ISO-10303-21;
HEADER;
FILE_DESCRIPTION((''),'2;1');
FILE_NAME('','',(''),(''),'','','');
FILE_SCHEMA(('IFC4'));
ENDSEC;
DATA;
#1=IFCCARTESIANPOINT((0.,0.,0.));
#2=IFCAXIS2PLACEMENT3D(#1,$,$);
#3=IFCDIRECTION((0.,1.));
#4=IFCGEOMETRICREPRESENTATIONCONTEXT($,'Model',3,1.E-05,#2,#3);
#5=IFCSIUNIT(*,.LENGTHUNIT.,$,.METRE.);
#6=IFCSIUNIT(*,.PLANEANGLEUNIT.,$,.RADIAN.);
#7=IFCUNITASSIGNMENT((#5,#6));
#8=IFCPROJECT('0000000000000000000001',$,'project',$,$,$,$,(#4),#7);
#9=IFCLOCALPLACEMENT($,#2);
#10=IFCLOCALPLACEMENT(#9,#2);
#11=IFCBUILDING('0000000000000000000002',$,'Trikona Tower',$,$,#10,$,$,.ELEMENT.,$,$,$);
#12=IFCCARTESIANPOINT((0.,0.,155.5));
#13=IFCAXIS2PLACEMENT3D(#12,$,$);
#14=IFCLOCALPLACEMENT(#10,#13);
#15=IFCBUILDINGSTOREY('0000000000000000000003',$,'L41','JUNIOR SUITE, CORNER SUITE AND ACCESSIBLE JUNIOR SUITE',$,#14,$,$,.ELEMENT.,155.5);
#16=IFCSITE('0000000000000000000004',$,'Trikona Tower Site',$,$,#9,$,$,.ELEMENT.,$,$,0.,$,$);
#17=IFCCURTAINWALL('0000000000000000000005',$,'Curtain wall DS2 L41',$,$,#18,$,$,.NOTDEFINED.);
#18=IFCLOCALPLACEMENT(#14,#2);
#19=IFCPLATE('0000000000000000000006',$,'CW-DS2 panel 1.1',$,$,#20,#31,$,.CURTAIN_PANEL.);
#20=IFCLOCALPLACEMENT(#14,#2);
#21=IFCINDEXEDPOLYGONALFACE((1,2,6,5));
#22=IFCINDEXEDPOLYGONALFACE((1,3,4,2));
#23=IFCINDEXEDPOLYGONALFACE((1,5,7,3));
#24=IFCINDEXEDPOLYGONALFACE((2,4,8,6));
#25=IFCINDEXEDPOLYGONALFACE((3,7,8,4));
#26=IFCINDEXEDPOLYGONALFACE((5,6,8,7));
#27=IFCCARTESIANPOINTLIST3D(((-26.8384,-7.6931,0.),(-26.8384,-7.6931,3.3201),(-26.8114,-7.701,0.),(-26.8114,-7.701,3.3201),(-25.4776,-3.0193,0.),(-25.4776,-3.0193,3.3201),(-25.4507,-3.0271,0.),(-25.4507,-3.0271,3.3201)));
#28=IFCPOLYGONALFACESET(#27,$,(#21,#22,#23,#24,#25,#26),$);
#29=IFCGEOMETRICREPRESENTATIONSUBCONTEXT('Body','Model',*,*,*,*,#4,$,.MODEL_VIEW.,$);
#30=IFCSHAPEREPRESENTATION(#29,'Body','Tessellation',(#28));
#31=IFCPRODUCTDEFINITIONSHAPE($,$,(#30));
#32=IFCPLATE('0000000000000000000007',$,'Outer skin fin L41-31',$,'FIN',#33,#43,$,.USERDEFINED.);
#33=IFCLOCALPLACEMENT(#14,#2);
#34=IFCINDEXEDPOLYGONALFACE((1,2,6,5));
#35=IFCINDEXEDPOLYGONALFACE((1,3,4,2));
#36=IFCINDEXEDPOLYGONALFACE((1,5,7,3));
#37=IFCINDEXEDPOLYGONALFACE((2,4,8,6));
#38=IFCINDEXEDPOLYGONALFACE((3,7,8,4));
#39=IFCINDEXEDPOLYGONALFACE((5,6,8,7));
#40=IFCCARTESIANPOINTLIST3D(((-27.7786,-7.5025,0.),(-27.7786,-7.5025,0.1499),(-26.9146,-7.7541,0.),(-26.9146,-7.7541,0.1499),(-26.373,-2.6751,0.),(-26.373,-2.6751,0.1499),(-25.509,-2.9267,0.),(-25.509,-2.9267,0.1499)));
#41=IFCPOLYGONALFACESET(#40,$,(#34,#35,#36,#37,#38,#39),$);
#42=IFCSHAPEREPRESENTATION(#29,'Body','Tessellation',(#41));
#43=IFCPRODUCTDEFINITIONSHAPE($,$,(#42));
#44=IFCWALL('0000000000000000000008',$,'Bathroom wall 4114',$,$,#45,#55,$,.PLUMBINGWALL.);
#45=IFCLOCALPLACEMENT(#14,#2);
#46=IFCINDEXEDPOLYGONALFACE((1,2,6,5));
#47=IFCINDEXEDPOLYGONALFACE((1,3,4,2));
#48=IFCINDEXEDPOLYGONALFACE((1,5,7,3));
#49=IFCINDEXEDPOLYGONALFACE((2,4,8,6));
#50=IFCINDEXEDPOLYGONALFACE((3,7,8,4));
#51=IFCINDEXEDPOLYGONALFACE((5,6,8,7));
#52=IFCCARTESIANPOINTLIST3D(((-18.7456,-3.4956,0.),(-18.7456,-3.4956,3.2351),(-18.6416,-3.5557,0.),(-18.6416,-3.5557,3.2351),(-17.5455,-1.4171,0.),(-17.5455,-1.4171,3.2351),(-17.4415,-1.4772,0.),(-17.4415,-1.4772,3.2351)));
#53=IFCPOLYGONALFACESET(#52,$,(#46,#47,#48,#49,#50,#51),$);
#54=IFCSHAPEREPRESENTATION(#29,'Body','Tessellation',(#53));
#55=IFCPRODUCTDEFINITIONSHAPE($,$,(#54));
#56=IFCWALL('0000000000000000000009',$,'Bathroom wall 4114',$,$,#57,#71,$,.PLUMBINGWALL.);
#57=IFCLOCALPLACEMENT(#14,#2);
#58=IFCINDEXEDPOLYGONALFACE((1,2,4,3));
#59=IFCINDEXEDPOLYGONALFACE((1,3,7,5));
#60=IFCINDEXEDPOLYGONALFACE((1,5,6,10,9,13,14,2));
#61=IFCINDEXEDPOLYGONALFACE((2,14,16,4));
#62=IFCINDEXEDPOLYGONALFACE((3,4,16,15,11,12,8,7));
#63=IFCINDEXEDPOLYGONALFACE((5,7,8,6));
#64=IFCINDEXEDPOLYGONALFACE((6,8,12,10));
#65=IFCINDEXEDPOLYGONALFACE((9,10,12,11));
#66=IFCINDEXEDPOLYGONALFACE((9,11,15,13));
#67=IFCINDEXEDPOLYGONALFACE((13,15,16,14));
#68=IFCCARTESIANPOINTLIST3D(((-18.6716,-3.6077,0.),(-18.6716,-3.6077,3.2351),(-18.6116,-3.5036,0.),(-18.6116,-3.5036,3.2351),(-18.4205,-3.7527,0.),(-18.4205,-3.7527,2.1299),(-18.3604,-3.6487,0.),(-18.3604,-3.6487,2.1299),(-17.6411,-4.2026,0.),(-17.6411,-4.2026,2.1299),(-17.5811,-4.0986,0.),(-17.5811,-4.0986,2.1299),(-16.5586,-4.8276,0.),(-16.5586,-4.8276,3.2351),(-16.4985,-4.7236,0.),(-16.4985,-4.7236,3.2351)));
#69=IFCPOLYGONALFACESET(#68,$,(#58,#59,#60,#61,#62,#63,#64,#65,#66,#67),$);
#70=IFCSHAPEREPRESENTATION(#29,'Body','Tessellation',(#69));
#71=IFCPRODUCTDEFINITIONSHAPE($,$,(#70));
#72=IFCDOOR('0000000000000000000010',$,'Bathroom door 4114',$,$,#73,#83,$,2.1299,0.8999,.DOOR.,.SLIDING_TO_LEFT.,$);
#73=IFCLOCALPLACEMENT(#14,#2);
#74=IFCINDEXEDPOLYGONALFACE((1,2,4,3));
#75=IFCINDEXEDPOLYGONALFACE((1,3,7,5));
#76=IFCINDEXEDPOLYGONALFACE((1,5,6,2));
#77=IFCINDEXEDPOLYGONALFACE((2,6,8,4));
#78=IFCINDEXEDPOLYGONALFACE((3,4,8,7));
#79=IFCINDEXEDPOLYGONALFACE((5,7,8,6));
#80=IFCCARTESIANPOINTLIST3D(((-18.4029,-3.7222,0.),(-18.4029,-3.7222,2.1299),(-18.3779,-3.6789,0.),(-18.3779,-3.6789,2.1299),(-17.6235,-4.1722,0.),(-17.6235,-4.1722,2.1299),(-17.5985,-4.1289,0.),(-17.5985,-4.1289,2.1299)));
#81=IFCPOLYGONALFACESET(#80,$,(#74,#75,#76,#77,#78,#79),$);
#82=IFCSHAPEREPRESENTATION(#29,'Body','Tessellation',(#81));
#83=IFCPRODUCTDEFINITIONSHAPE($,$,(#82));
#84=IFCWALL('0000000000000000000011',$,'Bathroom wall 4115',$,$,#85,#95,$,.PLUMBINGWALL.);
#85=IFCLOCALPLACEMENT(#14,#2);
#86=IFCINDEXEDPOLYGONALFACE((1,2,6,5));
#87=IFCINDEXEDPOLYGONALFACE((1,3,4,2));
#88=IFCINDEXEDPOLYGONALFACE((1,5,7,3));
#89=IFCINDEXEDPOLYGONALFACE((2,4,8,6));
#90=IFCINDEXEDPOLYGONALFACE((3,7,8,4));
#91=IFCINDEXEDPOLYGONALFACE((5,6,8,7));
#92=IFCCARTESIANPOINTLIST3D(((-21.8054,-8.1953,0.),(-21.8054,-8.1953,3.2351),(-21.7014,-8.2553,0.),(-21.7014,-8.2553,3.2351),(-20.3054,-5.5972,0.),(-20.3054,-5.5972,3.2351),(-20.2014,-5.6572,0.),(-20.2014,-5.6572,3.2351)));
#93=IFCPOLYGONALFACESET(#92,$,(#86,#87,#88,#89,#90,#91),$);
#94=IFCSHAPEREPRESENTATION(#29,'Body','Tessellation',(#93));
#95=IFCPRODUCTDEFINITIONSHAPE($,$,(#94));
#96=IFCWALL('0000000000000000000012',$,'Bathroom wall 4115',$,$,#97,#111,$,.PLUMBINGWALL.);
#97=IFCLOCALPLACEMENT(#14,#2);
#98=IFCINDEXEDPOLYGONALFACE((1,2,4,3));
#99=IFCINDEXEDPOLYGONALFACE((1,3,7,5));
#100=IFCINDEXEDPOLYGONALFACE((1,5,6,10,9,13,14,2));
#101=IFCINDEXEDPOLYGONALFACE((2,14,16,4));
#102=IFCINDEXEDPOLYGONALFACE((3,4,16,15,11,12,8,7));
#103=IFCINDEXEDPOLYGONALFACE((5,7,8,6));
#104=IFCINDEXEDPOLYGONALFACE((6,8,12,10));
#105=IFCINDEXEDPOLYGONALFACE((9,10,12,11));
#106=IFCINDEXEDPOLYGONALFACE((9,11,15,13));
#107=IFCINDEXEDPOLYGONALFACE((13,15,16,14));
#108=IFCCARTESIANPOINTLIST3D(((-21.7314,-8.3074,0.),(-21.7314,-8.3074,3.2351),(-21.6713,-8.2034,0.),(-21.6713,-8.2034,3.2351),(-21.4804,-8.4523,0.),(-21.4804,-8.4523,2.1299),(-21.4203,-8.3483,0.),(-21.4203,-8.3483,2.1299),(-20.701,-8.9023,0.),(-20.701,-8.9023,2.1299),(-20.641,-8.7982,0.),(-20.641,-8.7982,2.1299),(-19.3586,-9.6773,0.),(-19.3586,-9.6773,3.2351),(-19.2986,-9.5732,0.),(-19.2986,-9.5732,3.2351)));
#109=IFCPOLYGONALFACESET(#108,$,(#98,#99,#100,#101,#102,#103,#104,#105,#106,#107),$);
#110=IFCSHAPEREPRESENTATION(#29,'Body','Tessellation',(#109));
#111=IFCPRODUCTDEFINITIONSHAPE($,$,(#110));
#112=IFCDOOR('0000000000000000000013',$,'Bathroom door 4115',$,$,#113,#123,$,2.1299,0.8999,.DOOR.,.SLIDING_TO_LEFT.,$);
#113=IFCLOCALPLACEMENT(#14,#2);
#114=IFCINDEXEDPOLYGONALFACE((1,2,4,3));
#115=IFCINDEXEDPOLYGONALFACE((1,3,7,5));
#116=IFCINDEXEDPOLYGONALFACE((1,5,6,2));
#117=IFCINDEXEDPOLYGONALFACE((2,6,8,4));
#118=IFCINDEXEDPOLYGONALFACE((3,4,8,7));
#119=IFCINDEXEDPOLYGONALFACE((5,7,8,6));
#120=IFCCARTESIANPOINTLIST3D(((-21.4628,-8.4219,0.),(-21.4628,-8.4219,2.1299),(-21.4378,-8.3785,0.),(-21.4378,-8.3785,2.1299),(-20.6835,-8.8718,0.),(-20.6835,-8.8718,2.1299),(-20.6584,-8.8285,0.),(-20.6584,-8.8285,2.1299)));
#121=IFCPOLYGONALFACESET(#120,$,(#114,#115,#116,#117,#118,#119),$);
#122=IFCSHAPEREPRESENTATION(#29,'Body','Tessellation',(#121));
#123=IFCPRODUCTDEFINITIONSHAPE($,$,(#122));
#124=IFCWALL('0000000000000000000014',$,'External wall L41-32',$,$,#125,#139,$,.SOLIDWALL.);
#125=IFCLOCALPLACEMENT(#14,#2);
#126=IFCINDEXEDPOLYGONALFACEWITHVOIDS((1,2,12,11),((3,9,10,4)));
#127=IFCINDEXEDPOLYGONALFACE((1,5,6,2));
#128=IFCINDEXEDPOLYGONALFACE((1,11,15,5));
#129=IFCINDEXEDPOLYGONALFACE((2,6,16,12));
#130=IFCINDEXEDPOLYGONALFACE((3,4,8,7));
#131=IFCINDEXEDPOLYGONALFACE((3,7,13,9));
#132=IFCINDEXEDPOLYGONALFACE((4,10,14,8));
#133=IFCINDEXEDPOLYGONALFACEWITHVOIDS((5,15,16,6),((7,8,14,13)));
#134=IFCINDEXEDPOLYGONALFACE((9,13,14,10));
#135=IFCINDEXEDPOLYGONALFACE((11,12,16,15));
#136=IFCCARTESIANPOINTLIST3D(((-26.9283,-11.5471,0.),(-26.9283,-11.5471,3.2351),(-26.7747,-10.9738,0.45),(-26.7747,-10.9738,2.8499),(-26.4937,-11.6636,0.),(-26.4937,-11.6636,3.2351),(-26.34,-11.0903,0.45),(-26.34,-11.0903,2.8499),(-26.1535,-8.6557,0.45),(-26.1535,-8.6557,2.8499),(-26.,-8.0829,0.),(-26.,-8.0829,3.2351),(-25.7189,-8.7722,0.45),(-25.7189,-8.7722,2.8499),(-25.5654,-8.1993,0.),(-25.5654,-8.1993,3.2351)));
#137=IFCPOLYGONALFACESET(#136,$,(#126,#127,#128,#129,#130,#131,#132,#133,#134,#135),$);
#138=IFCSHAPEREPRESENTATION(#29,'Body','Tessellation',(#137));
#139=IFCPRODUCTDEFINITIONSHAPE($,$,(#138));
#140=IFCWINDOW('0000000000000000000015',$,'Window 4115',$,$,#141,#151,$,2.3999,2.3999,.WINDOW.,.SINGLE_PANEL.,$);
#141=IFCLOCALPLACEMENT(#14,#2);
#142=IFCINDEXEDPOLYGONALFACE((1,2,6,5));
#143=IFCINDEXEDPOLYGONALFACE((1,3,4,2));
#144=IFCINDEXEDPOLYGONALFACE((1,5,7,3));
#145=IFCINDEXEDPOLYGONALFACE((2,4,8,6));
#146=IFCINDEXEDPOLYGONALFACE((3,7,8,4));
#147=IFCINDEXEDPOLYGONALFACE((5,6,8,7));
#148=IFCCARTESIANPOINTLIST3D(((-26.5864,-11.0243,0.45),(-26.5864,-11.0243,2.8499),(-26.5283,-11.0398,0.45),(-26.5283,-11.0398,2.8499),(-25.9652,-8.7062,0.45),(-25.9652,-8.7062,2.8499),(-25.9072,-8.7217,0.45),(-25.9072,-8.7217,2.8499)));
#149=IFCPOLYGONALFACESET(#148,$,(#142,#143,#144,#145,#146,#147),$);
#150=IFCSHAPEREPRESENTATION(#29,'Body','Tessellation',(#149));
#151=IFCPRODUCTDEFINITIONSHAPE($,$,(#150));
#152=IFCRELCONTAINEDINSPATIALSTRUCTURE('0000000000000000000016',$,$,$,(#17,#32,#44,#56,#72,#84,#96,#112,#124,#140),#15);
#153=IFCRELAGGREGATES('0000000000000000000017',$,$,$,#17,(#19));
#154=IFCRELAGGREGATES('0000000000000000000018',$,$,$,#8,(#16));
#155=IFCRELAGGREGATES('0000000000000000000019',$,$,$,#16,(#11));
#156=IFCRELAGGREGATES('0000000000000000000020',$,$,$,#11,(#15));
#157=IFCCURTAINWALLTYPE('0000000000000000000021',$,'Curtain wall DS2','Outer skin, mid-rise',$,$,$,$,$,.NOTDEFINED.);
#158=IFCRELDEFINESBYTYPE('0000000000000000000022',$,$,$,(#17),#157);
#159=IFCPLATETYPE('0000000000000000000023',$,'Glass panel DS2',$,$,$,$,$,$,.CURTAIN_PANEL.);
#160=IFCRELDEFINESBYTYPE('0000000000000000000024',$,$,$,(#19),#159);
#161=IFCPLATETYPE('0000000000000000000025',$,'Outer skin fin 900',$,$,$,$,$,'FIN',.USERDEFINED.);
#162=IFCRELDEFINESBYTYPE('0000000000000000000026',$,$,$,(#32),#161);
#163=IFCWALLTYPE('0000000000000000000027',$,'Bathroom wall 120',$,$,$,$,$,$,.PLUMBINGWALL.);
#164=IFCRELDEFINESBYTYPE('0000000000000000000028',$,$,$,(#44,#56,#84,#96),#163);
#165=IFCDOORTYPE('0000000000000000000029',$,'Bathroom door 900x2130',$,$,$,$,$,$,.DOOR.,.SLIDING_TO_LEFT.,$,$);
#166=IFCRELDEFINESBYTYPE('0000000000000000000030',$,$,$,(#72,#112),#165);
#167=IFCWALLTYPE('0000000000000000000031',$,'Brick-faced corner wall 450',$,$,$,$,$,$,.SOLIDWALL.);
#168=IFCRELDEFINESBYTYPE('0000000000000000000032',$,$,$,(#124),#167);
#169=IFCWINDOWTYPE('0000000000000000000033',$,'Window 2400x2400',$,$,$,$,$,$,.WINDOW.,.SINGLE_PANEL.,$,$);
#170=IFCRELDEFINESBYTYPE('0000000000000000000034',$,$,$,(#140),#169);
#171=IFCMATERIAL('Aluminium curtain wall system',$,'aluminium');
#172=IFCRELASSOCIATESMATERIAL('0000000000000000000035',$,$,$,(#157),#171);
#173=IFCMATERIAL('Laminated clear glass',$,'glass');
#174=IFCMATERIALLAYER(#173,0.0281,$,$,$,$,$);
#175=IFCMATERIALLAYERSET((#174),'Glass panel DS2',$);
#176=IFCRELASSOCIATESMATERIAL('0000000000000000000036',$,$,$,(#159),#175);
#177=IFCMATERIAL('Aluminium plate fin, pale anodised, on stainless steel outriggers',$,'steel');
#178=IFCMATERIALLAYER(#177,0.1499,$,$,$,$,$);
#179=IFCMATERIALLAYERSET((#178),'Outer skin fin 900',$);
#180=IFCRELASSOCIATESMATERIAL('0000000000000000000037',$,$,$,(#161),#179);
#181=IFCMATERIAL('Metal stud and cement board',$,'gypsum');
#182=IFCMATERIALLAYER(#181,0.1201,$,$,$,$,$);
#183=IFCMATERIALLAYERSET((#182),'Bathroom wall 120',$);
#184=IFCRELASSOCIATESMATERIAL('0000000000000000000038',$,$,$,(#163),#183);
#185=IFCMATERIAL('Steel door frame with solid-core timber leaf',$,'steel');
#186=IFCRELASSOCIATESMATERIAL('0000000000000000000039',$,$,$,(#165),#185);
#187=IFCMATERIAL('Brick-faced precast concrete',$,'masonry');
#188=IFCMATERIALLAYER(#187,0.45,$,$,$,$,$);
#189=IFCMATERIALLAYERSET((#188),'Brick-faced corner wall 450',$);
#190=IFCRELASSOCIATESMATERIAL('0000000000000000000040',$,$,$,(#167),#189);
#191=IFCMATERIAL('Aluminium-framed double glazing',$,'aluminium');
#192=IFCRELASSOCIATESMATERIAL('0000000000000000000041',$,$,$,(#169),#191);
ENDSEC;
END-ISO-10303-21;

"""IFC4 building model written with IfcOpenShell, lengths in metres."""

from ifc_helpers import new_model, si_unit, direction, frame, frame_2d, origin, origin_2d, place, context, subcontext, project, spatial, rectangle, extrude, material, layer, layer_set, type_object, element, fill, aggregate, save


model = new_model("IFC4")

# Units and contexts
model_context = context("Model", 3, precision=1e-05, world=origin(), true_north=direction((0.0, 1.0)))
body_context = subcontext(model_context, "Body", "Model", "MODEL_VIEW")
ifc_project = project(units=[si_unit("LENGTHUNIT", "METRE"), si_unit("PLANEANGLEUNIT", "RADIAN")], contexts=[model_context])

# Site, building, storey
site_placement = place(None, origin())
site = spatial("IfcSite", under=ifc_project, at=site_placement, Name="Trikona Tower Site", CompositionType="ELEMENT", RefElevation=0.0)
building_placement = place(site_placement, origin())
building = spatial("IfcBuilding", under=site, at=building_placement, Name="Trikona Tower", CompositionType="ELEMENT")
storey_placement = place(building_placement, frame((0.0, 0.0, 155.5)))
storey = spatial("IfcBuildingStorey", under=building, at=storey_placement, Name="L41", Description="JUNIOR SUITE, CORNER SUITE AND ACCESSIBLE JUNIOR SUITE", CompositionType="ELEMENT", Elevation=155.5)

# Shared definitions
ifc_material_1 = material(Name="Aluminium curtain wall system", Category="aluminium")
curtain_wall_type = type_object("IfcCurtainWallType", Name="Curtain wall DS2", Description="Outer skin, mid-rise", PredefinedType="NOTDEFINED", material=ifc_material_1)

# Curtain wall
curtain_wall_1_placement = place(storey_placement, origin())
curtain_wall_1 = element("IfcCurtainWall", 1, at=curtain_wall_1_placement, inside=storey, type_object=curtain_wall_type, Name="Curtain wall DS2 L41", PredefinedType="NOTDEFINED")

# Plates
ifc_material_2 = material(Name="Laminated clear glass", Category="glass")
ifc_layer_1 = layer(ifc_material_2, 0.0281)
ifc_layer_set_1 = layer_set([ifc_layer_1], Name="Glass panel DS2")
plate_type_1 = type_object("IfcPlateType", Name="Glass panel DS2", PredefinedType="CURTAIN_PANEL", material=ifc_layer_set_1)
plate_1_placement = place(storey_placement, frame((-26.1445, -5.3601, 0.0), z_axis=(0.0, 0.0, 1.0), x_axis=(-0.279543, -0.960133, 0.0)))
plate_1 = element("IfcPlate", 2, at=plate_1_placement, type_object=plate_type_1, Name="CW-DS2 panel 1.1", PredefinedType="CURTAIN_PANEL", context=body_context, shape_type="SweptSolid", body=[
    extrude(rectangle(XDim=4.8679, YDim=0.0281, at=origin_2d()), origin(), (0.0, 0.0, 1.0), 3.3201),
])
aggregate(curtain_wall_1, [plate_1])
ifc_material_3 = material(Name="Aluminium plate fin, pale anodised, on stainless steel outriggers", Category="steel")
ifc_layer_2 = layer(ifc_material_3, 0.1499)
ifc_layer_set_2 = layer_set([ifc_layer_2], Name="Outer skin fin 900")
plate_type_2 = type_object("IfcPlateType", Name="Outer skin fin 900", ElementType="FIN", PredefinedType="USERDEFINED", material=ifc_layer_set_2)
plate_2_placement = place(storey_placement, frame((-26.6438, -5.2146, 0.0), z_axis=(0.0, 0.0, 1.0), x_axis=(-0.279554, -0.96013, 0.0)))
element("IfcPlate", 3, at=plate_2_placement, inside=storey, type_object=plate_type_2, Name="Outer skin fin L41-31", ObjectType="FIN", PredefinedType="USERDEFINED", context=body_context, shape_type="SweptSolid", body=[
    extrude(rectangle(XDim=5.0278, YDim=0.8999, at=origin_2d()), origin(), (0.0, 0.0, 1.0), 0.1499),
])

# Wall
ifc_material_4 = material(Name="Metal stud and cement board", Category="gypsum")
ifc_layer_3 = layer(ifc_material_4, 0.1201)
ifc_layer_set_3 = layer_set([ifc_layer_3], Name="Bathroom wall 120")
wall_type_1 = type_object("IfcWallType", Name="Bathroom wall 120", PredefinedType="PLUMBINGWALL", material=ifc_layer_set_3)
wall_1_placement = place(storey_placement, frame((-17.4934, -1.447, 0.0), z_axis=(0.0, 0.0, 1.0), x_axis=(-0.500034, -0.866006, 0.0)))
element("IfcWall", 4, at=wall_1_placement, inside=storey, type_object=wall_type_1, Name="Bathroom wall 4114", PredefinedType="PLUMBINGWALL", context=body_context, shape_type="SweptSolid", body=[
    extrude(rectangle(XDim=2.4001, YDim=0.1201, at=frame_2d((1.2002, 0.0))), origin(), (0.0, 0.0, 1.0), 3.2351),
])

# Wall, opening, door
wall_2_placement = place(storey_placement, frame((-16.5286, -4.7756, 0.0), z_axis=(0.0, 0.0, 1.0), x_axis=(-0.866024, 0.500003, 0.0)))
wall_2 = element("IfcWall", 5, at=wall_2_placement, inside=storey, type_object=wall_type_1, Name="Bathroom wall 4114", PredefinedType="PLUMBINGWALL", context=body_context, shape_type="SweptSolid", body=[
    extrude(rectangle(XDim=2.4399, YDim=0.1201, at=frame_2d((1.22, 0.0))), origin(), (0.0, 0.0, 1.0), 3.2351),
])
opening_1_placement = place(wall_2_placement, frame((1.25, 0.0, 0.0)))
opening_1 = element("IfcOpeningElement", 6, at=opening_1_placement, cuts=wall_2, PredefinedType="OPENING", context=body_context, shape_type="SweptSolid", body=[
    extrude(rectangle(XDim=0.8999, YDim=2.1299, at=frame_2d((0.45, 1.0649))), frame((0.0, 0.0701, 0.0), z_axis=(0.0, -1.0, 0.0), x_axis=(1.0, 0.0, 0.0)), (0.0, 0.0, 1.0), 0.1401),
])
ifc_material_5 = material(Name="Steel door frame with solid-core timber leaf", Category="steel")
door_type_1 = type_object("IfcDoorType", Name="Bathroom door 900x2130", OperationType="SLIDING_TO_LEFT", PredefinedType="DOOR", material=ifc_material_5)
door_1_placement = place(opening_1_placement, origin())
door_1 = element("IfcDoor", 7, at=door_1_placement, inside=storey, type_object=door_type_1, Name="Bathroom door 4114", OperationType="SLIDING_TO_LEFT", OverallHeight=2.1299, OverallWidth=0.8999, PredefinedType="DOOR", context=body_context, shape_type="SweptSolid", body=[
    extrude(rectangle(XDim=0.8999, YDim=2.1299, at=frame_2d((0.45, 1.0649))), frame((0.0, 0.0249, 0.0), z_axis=(0.0, -1.0, 0.0), x_axis=(1.0, 0.0, 0.0)), (0.0, 0.0, 1.0), 0.05),
])
fill(opening_1, door_1)

# Wall
wall_3_placement = place(storey_placement, frame((-20.2534, -5.6272, 0.0), z_axis=(0.0, 0.0, 1.0), x_axis=(-0.49999, -0.866031, 0.0)))
element("IfcWall", 8, at=wall_3_placement, inside=storey, type_object=wall_type_1, Name="Bathroom wall 4115", PredefinedType="PLUMBINGWALL", context=body_context, shape_type="SweptSolid", body=[
    extrude(rectangle(XDim=3.0, YDim=0.1201, at=frame_2d((1.5, 0.0))), origin(), (0.0, 0.0, 1.0), 3.2351),
])

# Wall, opening, door
wall_4_placement = place(storey_placement, frame((-19.3286, -9.6252, 0.0), z_axis=(0.0, 0.0, 1.0), x_axis=(-0.866036, 0.499982, 0.0)))
wall_4 = element("IfcWall", 9, at=wall_4_placement, inside=storey, type_object=wall_type_1, Name="Bathroom wall 4115", PredefinedType="PLUMBINGWALL", context=body_context, shape_type="SweptSolid", body=[
    extrude(rectangle(XDim=2.7397, YDim=0.1201, at=frame_2d((1.3699, 0.0))), origin(), (0.0, 0.0, 1.0), 3.2351),
])
opening_2_placement = place(wall_4_placement, frame((1.55, 0.0, 0.0)))
opening_2 = element("IfcOpeningElement", 10, at=opening_2_placement, cuts=wall_4, PredefinedType="OPENING", context=body_context, shape_type="SweptSolid", body=[
    extrude(rectangle(XDim=0.8999, YDim=2.1299, at=frame_2d((0.45, 1.0649))), frame((0.0, 0.0701, 0.0), z_axis=(0.0, -1.0, 0.0), x_axis=(1.0, 0.0, 0.0)), (0.0, 0.0, 1.0), 0.1401),
])
door_2_placement = place(opening_2_placement, origin())
door_2 = element("IfcDoor", 11, at=door_2_placement, inside=storey, type_object=door_type_1, Name="Bathroom door 4115", OperationType="SLIDING_TO_LEFT", OverallHeight=2.1299, OverallWidth=0.8999, PredefinedType="DOOR", context=body_context, shape_type="SweptSolid", body=[
    extrude(rectangle(XDim=0.8999, YDim=2.1299, at=frame_2d((0.45, 1.0649))), frame((0.0, 0.0249, 0.0), z_axis=(0.0, -1.0, 0.0), x_axis=(1.0, 0.0, 0.0)), (0.0, 0.0, 1.0), 0.05),
])
fill(opening_2, door_2)

# Wall, opening, window
ifc_material_6 = material(Name="Brick-faced precast concrete", Category="masonry")
ifc_layer_4 = layer(ifc_material_6, 0.45)
ifc_layer_set_4 = layer_set([ifc_layer_4], Name="Brick-faced corner wall 450")
wall_type_2 = type_object("IfcWallType", Name="Brick-faced corner wall 450", PredefinedType="SOLIDWALL", material=ifc_layer_set_4)
wall_5_placement = place(storey_placement, frame((-25.7827, -8.1411, 0.0), z_axis=(0.0, 0.0, 1.0), x_axis=(-0.258823, -0.965925, 0.0)))
wall_5 = element("IfcWall", 12, at=wall_5_placement, inside=storey, type_object=wall_type_2, Name="External wall L41-32", PredefinedType="SOLIDWALL", context=body_context, shape_type="SweptSolid", body=[
    extrude(rectangle(XDim=3.5864, YDim=0.45, at=frame_2d((1.7932, 0.0))), origin(), (0.0, 0.0, 1.0), 3.2351),
])
opening_3_placement = place(wall_5_placement, frame((0.593, 0.0, 0.45)))
opening_3 = element("IfcOpeningElement", 13, at=opening_3_placement, cuts=wall_5, PredefinedType="OPENING", context=body_context, shape_type="SweptSolid", body=[
    extrude(rectangle(XDim=2.3999, YDim=2.3999, at=frame_2d((1.2, 1.2))), frame((0.0, 0.2349, 0.0), z_axis=(0.0, -1.0, 0.0), x_axis=(1.0, 0.0, 0.0)), (0.0, 0.0, 1.0), 0.47),
])
ifc_material_7 = material(Name="Aluminium-framed double glazing", Category="aluminium")
window_type_1 = type_object("IfcWindowType", Name="Window 2400x2400", PartitioningType="SINGLE_PANEL", PredefinedType="WINDOW", material=ifc_material_7)
window_1_placement = place(opening_3_placement, origin())
window_1 = element("IfcWindow", 14, at=window_1_placement, inside=storey, type_object=window_type_1, Name="Window 4115", OverallHeight=2.3999, OverallWidth=2.3999, PartitioningType="SINGLE_PANEL", PredefinedType="WINDOW", context=body_context, shape_type="SweptSolid", body=[
    extrude(rectangle(XDim=2.3999, YDim=2.3999, at=frame_2d((1.2, 1.2))), frame((0.0, 0.03, 0.0), z_axis=(0.0, -1.0, 0.0), x_axis=(1.0, 0.0, 0.0)), (0.0, 0.0, 1.0), 0.0601),
])
fill(opening_3, window_1)

save(model, "model.ifc")
